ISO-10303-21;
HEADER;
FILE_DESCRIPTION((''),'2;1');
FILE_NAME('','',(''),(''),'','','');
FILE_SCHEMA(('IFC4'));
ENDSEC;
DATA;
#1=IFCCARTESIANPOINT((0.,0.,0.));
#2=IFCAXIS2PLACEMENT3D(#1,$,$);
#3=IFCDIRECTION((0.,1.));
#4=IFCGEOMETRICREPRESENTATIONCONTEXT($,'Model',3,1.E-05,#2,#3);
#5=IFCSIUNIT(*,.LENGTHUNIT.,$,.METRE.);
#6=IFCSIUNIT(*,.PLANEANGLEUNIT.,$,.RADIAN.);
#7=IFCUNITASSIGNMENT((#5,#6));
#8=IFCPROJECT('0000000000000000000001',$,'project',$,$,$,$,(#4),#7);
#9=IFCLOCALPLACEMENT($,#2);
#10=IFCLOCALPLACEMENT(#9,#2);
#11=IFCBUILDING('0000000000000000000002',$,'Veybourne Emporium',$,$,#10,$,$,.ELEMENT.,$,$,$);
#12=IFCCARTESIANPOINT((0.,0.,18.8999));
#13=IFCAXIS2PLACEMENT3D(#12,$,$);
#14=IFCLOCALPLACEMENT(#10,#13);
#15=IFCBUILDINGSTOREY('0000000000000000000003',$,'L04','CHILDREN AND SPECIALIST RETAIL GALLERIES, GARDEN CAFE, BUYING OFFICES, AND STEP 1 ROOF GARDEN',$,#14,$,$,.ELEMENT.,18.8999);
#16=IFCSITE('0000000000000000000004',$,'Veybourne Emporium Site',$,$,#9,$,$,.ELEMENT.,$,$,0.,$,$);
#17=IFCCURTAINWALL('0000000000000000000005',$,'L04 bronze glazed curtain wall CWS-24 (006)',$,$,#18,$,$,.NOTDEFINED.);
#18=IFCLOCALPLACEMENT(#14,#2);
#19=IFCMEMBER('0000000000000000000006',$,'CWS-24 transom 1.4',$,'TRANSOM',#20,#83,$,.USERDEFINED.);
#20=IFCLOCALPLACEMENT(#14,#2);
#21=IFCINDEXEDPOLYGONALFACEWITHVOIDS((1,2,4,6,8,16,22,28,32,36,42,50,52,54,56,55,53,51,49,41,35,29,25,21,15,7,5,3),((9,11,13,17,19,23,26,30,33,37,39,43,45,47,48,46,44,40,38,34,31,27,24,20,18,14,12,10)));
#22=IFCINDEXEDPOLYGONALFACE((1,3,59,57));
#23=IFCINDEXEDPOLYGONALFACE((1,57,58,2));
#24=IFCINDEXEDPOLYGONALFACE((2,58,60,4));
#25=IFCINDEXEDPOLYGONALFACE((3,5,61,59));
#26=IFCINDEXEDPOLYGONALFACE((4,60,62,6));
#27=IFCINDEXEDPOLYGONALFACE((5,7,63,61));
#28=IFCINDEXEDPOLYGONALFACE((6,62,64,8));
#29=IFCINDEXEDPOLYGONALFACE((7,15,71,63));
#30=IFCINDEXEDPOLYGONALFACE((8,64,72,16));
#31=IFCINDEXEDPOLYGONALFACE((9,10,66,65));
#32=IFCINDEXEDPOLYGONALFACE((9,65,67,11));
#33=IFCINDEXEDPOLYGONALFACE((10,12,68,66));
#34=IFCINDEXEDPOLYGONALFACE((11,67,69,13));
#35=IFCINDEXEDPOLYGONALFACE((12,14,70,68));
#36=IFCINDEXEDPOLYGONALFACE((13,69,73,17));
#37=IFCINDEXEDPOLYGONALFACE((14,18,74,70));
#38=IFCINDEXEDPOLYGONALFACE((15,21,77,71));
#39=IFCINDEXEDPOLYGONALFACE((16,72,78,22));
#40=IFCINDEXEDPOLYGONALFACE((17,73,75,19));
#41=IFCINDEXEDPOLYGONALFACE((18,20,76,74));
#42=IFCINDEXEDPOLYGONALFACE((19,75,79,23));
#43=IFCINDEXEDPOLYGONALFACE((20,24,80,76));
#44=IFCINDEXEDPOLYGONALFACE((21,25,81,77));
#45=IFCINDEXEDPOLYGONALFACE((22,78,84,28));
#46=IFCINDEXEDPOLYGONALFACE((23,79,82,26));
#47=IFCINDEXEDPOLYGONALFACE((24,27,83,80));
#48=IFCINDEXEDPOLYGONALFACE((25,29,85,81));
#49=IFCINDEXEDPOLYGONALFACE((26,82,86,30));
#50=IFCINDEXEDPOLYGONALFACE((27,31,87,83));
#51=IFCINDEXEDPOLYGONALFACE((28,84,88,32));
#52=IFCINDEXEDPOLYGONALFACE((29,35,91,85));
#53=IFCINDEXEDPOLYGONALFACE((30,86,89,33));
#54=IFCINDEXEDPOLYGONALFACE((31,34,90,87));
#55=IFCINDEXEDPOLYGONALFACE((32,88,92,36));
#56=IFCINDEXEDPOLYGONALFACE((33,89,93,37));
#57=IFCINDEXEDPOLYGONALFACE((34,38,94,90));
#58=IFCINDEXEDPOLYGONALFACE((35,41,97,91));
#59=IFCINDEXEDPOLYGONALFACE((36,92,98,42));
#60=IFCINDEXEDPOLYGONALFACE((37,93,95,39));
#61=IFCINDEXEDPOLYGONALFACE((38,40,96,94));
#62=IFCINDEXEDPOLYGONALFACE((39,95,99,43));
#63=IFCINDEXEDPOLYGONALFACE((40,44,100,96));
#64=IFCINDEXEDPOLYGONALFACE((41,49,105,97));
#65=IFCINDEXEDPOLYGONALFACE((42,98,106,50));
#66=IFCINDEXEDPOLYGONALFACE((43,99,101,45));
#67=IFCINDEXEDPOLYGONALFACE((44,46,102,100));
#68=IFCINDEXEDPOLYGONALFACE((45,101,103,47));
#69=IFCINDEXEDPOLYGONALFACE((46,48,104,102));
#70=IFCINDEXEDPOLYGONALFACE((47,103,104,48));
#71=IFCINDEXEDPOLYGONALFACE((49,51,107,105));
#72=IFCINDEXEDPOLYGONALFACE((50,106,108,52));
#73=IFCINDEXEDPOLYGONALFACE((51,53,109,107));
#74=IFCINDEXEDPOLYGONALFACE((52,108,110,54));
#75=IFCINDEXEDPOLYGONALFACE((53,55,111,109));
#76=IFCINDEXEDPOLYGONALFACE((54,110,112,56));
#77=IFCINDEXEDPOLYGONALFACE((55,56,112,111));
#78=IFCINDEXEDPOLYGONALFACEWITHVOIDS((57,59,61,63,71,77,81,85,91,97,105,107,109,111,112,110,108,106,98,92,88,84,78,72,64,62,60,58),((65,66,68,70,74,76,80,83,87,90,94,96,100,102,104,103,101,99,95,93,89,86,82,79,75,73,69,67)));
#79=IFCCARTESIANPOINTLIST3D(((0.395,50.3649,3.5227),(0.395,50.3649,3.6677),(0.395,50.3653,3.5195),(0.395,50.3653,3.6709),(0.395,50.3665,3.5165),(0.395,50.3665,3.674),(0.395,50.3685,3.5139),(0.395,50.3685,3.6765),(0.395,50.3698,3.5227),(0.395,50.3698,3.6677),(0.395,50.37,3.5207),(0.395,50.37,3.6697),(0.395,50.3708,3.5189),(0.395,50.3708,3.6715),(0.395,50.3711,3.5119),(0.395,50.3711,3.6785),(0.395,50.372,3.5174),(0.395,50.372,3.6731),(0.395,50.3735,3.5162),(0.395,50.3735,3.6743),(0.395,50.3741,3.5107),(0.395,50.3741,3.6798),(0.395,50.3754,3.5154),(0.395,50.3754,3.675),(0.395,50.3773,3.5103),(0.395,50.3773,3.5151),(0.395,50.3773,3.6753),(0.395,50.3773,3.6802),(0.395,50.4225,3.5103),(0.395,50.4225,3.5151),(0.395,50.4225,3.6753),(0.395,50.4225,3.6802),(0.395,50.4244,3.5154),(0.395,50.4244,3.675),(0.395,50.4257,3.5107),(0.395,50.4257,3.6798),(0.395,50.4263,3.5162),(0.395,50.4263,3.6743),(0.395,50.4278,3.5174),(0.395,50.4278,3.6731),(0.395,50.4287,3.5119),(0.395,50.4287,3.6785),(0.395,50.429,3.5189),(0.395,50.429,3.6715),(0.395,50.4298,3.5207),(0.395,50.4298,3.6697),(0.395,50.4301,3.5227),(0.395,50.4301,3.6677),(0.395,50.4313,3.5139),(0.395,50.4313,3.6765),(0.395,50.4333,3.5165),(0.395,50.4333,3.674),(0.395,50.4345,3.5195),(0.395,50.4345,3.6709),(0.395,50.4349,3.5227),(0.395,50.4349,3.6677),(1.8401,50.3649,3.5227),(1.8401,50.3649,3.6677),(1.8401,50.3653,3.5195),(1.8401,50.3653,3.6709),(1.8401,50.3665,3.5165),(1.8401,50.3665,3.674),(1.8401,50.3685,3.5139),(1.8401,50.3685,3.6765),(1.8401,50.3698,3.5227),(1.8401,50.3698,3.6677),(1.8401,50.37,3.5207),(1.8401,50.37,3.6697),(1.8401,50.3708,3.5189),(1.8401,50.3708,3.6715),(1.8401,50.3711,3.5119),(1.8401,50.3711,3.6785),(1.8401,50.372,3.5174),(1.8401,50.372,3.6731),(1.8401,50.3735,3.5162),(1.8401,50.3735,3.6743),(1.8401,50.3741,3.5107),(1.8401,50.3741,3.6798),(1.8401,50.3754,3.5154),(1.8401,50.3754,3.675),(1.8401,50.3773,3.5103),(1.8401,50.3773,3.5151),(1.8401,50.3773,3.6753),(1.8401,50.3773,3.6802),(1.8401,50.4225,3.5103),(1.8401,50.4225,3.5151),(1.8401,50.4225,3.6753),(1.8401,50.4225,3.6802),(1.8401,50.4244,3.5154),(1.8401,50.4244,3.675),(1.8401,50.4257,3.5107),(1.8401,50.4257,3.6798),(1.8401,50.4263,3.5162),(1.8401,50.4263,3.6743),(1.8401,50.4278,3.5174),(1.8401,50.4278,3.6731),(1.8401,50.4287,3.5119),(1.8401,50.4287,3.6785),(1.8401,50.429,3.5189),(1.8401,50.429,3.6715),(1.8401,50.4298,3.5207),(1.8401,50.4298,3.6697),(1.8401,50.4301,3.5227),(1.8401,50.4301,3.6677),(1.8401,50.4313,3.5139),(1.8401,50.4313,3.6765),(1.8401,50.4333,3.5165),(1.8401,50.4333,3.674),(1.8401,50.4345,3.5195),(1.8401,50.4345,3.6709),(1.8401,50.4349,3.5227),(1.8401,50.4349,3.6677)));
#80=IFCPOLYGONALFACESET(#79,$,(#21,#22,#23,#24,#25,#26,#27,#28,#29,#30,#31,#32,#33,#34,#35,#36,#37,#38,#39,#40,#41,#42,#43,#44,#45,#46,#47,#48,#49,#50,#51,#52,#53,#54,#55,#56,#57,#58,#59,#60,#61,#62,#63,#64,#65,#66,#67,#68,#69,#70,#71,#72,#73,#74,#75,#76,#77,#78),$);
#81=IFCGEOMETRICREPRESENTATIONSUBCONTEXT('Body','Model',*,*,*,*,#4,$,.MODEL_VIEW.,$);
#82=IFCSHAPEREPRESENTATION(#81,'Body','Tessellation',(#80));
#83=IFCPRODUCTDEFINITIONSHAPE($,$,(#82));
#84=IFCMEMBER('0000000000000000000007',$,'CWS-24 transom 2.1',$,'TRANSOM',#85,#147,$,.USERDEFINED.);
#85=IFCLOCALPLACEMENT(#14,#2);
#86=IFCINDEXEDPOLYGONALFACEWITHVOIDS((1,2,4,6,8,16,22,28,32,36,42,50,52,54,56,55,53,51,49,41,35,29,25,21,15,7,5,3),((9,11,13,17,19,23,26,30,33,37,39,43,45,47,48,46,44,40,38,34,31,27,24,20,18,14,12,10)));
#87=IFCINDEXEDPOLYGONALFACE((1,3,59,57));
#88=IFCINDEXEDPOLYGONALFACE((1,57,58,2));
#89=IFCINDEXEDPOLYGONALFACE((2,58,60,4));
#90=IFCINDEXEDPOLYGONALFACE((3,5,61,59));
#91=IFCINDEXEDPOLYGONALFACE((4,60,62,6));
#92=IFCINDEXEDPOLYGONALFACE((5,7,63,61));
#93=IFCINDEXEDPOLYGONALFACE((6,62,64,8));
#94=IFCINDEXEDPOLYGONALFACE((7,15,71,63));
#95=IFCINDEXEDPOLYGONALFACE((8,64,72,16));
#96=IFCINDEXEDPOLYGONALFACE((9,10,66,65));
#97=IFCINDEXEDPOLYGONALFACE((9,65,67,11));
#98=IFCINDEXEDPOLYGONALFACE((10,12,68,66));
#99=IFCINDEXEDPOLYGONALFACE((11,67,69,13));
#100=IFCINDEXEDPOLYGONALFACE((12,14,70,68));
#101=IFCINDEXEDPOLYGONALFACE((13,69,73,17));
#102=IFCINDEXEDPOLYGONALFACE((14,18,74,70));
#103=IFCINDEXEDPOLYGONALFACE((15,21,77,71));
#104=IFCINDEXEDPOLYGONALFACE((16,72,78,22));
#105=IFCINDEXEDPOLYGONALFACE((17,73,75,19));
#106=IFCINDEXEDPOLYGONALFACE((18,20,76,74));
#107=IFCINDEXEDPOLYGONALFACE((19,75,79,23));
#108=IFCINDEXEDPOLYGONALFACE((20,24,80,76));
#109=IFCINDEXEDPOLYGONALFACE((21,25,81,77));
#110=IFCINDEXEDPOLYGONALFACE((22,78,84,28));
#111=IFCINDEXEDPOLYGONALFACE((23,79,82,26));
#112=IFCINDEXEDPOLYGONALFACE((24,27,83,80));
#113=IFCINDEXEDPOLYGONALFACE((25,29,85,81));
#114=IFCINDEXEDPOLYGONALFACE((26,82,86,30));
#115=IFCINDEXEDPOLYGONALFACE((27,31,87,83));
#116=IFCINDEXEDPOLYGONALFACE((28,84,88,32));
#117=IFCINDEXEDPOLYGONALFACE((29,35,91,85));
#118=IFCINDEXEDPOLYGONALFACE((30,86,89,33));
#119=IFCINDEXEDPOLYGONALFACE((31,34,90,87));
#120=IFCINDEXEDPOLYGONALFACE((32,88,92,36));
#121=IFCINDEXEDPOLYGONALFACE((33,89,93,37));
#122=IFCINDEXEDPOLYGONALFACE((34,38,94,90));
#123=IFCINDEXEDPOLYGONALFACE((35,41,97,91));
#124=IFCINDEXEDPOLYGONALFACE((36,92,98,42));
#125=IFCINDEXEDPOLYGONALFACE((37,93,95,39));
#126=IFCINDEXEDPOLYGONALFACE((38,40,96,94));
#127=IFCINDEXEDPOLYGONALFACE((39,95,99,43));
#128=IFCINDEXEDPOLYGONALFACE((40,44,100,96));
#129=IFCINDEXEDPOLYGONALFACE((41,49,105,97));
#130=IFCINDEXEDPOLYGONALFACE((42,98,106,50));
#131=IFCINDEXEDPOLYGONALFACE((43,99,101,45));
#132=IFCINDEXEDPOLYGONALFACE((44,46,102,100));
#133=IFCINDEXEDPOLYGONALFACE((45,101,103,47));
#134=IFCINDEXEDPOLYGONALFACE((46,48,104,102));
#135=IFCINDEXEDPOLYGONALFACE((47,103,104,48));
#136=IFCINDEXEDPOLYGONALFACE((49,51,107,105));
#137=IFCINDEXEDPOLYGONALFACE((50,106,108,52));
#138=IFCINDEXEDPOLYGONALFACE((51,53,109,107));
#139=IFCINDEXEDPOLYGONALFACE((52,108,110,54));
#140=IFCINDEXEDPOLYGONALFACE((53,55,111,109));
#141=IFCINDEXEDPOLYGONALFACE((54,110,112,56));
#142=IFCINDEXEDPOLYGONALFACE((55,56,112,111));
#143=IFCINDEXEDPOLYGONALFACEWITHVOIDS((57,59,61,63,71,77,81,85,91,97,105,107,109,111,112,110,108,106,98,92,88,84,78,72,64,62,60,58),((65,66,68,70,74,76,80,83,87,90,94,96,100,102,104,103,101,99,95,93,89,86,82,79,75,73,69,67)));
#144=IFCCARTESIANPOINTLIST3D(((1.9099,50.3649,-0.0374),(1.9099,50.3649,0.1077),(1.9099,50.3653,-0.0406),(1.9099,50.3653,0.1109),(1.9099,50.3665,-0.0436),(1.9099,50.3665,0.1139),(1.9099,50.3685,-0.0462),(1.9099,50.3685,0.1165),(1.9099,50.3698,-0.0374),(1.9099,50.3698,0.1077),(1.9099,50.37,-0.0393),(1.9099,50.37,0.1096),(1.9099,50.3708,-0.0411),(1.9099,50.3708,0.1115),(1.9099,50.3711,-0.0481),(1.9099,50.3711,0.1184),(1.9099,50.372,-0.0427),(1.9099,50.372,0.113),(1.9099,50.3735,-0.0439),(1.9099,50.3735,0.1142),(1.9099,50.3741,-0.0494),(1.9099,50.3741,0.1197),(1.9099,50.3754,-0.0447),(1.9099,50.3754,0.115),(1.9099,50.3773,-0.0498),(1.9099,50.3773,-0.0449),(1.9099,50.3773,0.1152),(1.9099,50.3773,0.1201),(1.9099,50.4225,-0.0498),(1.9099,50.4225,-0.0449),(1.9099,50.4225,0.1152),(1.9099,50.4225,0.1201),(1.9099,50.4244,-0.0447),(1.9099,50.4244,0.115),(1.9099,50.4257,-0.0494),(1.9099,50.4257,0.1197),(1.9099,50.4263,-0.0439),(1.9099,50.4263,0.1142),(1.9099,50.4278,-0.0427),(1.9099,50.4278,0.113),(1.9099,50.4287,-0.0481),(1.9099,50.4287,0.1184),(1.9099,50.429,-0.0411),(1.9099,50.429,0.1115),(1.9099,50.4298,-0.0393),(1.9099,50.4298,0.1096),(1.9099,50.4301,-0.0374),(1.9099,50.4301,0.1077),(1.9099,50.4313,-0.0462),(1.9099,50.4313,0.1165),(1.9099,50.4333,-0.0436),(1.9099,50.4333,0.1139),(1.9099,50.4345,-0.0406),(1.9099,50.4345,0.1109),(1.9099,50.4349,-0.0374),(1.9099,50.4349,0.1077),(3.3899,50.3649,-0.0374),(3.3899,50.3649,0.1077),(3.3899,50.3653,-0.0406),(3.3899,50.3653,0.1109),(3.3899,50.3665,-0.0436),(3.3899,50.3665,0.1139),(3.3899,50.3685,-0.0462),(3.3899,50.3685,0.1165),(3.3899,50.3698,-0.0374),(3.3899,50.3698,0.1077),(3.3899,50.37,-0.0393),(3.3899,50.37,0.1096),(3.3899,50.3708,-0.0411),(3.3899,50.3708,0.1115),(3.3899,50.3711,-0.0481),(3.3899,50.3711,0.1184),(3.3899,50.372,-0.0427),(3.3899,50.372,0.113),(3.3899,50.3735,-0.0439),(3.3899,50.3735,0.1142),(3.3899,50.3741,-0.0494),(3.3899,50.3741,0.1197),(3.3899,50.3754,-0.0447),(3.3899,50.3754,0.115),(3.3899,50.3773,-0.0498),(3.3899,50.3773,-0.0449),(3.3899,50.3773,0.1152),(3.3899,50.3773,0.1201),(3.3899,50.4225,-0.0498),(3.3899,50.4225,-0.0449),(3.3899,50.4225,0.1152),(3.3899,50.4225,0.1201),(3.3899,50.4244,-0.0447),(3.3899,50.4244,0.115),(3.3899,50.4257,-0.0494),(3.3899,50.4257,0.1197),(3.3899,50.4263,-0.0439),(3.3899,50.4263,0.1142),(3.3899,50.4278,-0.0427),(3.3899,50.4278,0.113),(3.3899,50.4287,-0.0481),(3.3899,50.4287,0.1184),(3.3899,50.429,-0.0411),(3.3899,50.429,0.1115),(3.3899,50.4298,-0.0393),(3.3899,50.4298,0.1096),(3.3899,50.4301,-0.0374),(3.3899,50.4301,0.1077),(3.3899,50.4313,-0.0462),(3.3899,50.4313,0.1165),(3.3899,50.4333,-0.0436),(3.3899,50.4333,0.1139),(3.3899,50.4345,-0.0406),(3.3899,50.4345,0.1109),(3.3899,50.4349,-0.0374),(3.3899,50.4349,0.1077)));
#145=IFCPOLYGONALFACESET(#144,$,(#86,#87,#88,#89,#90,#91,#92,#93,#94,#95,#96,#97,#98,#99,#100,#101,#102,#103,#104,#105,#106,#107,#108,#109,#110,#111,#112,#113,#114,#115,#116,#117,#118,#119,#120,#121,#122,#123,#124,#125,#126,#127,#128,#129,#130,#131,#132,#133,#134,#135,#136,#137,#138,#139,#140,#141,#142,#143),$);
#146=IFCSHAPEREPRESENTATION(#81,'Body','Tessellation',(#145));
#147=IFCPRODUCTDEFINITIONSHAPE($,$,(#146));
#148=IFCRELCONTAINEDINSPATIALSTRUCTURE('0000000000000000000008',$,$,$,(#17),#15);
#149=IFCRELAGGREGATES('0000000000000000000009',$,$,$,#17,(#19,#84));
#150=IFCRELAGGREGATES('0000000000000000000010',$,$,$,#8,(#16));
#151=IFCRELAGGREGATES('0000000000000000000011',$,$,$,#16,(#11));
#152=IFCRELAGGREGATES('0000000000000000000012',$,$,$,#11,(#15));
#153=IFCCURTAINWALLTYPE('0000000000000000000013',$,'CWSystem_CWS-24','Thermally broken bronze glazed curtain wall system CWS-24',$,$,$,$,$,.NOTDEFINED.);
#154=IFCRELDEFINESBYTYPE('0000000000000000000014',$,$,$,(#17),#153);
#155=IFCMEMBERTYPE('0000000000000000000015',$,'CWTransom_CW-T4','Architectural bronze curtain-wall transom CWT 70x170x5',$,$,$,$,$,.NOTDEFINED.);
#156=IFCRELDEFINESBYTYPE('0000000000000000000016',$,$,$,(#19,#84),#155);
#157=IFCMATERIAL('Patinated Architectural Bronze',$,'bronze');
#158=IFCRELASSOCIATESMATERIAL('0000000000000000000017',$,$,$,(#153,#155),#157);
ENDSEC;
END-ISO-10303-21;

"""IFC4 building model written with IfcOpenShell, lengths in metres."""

from ifc_helpers import new_model, si_unit, direction, frame, origin, origin_2d, place, context, subcontext, project, spatial, hollow_rectangle, extrude, material, material_profile, profile_set, type_object, element, aggregate, save


model = new_model("IFC4")

# Units and contexts
model_context = context("Model", 3, precision=1e-05, world=origin(), true_north=direction((0.0, 1.0)))
body_context = subcontext(model_context, "Body", "Model", "MODEL_VIEW")
ifc_project = project(units=[si_unit("LENGTHUNIT", "METRE"), si_unit("PLANEANGLEUNIT", "RADIAN")], contexts=[model_context])

# Site, building, storey
site_placement = place(None, origin())
site = spatial("IfcSite", under=ifc_project, at=site_placement, Name="Veybourne Emporium Site", CompositionType="ELEMENT", RefElevation=0.0)
building_placement = place(site_placement, origin())
building = spatial("IfcBuilding", under=site, at=building_placement, Name="Veybourne Emporium", CompositionType="ELEMENT")
storey_placement = place(building_placement, frame((0.0, 0.0, 18.8999)))
storey = spatial("IfcBuildingStorey", under=building, at=storey_placement, Name="L04", Description="CHILDREN AND SPECIALIST RETAIL GALLERIES, GARDEN CAFE, BUYING OFFICES, AND STEP 1 ROOF GARDEN", CompositionType="ELEMENT", Elevation=18.8999)

# Curtain wall, members
ifc_material_1 = material(Name="Patinated Architectural Bronze", Category="bronze")
curtain_wall_type = type_object("IfcCurtainWallType", Name="CWSystem_CWS-24", Description="Thermally broken bronze glazed curtain wall system CWS-24", PredefinedType="NOTDEFINED", material=ifc_material_1)
curtain_wall_placement = place(storey_placement, origin())
curtain_wall = element("IfcCurtainWall", 1, at=curtain_wall_placement, inside=storey, type_object=curtain_wall_type, Name="L04 bronze glazed curtain wall CWS-24 (006)", PredefinedType="NOTDEFINED")
ifc_material_profile_1 = material_profile(ifc_material_1, hollow_rectangle(XDim=0.0701, YDim=0.1699, WallThickness=0.0049, InnerFilletRadius=0.0076, OuterFilletRadius=0.0125, at=origin_2d()), Name="CWT 70x170x5")
ifc_profile_set_1 = profile_set([ifc_material_profile_1], Name="Patinated Architectural Bronze")
member_type_1 = type_object("IfcMemberType", Name="CWTransom_CW-T4", Description="Architectural bronze curtain-wall transom CWT 70x170x5", PredefinedType="NOTDEFINED", material=ifc_profile_set_1)
member_1_placement = place(storey_placement, frame((0.395, 50.3999, 3.5952), z_axis=(1.0, 0.0, 0.0), x_axis=(0.0, 1.0, 0.0)))
member_1 = element("IfcMember", 2, at=member_1_placement, type_object=member_type_1, Name="CWS-24 transom 1.4", ObjectType="TRANSOM", PredefinedType="USERDEFINED", context=body_context, shape_type="SweptSolid", body=[
    extrude(hollow_rectangle(XDim=0.0701, YDim=0.1699, WallThickness=0.0049, InnerFilletRadius=0.0076, OuterFilletRadius=0.0125, at=origin_2d()), origin(), (0.0, 0.0, 1.0), 1.4451),
])
member_2_placement = place(storey_placement, frame((1.9099, 50.3999, 0.0352), z_axis=(1.0, 0.0, 0.0), x_axis=(0.0, 1.0, 0.0)))
member_2 = element("IfcMember", 3, at=member_2_placement, type_object=member_type_1, Name="CWS-24 transom 2.1", ObjectType="TRANSOM", PredefinedType="USERDEFINED", context=body_context, shape_type="SweptSolid", body=[
    extrude(hollow_rectangle(XDim=0.0701, YDim=0.1699, WallThickness=0.0049, InnerFilletRadius=0.0076, OuterFilletRadius=0.0125, at=origin_2d()), origin(), (0.0, 0.0, 1.0), 1.48),
])

aggregate(curtain_wall, [member_1, member_2])

save(model, "model.ifc")
